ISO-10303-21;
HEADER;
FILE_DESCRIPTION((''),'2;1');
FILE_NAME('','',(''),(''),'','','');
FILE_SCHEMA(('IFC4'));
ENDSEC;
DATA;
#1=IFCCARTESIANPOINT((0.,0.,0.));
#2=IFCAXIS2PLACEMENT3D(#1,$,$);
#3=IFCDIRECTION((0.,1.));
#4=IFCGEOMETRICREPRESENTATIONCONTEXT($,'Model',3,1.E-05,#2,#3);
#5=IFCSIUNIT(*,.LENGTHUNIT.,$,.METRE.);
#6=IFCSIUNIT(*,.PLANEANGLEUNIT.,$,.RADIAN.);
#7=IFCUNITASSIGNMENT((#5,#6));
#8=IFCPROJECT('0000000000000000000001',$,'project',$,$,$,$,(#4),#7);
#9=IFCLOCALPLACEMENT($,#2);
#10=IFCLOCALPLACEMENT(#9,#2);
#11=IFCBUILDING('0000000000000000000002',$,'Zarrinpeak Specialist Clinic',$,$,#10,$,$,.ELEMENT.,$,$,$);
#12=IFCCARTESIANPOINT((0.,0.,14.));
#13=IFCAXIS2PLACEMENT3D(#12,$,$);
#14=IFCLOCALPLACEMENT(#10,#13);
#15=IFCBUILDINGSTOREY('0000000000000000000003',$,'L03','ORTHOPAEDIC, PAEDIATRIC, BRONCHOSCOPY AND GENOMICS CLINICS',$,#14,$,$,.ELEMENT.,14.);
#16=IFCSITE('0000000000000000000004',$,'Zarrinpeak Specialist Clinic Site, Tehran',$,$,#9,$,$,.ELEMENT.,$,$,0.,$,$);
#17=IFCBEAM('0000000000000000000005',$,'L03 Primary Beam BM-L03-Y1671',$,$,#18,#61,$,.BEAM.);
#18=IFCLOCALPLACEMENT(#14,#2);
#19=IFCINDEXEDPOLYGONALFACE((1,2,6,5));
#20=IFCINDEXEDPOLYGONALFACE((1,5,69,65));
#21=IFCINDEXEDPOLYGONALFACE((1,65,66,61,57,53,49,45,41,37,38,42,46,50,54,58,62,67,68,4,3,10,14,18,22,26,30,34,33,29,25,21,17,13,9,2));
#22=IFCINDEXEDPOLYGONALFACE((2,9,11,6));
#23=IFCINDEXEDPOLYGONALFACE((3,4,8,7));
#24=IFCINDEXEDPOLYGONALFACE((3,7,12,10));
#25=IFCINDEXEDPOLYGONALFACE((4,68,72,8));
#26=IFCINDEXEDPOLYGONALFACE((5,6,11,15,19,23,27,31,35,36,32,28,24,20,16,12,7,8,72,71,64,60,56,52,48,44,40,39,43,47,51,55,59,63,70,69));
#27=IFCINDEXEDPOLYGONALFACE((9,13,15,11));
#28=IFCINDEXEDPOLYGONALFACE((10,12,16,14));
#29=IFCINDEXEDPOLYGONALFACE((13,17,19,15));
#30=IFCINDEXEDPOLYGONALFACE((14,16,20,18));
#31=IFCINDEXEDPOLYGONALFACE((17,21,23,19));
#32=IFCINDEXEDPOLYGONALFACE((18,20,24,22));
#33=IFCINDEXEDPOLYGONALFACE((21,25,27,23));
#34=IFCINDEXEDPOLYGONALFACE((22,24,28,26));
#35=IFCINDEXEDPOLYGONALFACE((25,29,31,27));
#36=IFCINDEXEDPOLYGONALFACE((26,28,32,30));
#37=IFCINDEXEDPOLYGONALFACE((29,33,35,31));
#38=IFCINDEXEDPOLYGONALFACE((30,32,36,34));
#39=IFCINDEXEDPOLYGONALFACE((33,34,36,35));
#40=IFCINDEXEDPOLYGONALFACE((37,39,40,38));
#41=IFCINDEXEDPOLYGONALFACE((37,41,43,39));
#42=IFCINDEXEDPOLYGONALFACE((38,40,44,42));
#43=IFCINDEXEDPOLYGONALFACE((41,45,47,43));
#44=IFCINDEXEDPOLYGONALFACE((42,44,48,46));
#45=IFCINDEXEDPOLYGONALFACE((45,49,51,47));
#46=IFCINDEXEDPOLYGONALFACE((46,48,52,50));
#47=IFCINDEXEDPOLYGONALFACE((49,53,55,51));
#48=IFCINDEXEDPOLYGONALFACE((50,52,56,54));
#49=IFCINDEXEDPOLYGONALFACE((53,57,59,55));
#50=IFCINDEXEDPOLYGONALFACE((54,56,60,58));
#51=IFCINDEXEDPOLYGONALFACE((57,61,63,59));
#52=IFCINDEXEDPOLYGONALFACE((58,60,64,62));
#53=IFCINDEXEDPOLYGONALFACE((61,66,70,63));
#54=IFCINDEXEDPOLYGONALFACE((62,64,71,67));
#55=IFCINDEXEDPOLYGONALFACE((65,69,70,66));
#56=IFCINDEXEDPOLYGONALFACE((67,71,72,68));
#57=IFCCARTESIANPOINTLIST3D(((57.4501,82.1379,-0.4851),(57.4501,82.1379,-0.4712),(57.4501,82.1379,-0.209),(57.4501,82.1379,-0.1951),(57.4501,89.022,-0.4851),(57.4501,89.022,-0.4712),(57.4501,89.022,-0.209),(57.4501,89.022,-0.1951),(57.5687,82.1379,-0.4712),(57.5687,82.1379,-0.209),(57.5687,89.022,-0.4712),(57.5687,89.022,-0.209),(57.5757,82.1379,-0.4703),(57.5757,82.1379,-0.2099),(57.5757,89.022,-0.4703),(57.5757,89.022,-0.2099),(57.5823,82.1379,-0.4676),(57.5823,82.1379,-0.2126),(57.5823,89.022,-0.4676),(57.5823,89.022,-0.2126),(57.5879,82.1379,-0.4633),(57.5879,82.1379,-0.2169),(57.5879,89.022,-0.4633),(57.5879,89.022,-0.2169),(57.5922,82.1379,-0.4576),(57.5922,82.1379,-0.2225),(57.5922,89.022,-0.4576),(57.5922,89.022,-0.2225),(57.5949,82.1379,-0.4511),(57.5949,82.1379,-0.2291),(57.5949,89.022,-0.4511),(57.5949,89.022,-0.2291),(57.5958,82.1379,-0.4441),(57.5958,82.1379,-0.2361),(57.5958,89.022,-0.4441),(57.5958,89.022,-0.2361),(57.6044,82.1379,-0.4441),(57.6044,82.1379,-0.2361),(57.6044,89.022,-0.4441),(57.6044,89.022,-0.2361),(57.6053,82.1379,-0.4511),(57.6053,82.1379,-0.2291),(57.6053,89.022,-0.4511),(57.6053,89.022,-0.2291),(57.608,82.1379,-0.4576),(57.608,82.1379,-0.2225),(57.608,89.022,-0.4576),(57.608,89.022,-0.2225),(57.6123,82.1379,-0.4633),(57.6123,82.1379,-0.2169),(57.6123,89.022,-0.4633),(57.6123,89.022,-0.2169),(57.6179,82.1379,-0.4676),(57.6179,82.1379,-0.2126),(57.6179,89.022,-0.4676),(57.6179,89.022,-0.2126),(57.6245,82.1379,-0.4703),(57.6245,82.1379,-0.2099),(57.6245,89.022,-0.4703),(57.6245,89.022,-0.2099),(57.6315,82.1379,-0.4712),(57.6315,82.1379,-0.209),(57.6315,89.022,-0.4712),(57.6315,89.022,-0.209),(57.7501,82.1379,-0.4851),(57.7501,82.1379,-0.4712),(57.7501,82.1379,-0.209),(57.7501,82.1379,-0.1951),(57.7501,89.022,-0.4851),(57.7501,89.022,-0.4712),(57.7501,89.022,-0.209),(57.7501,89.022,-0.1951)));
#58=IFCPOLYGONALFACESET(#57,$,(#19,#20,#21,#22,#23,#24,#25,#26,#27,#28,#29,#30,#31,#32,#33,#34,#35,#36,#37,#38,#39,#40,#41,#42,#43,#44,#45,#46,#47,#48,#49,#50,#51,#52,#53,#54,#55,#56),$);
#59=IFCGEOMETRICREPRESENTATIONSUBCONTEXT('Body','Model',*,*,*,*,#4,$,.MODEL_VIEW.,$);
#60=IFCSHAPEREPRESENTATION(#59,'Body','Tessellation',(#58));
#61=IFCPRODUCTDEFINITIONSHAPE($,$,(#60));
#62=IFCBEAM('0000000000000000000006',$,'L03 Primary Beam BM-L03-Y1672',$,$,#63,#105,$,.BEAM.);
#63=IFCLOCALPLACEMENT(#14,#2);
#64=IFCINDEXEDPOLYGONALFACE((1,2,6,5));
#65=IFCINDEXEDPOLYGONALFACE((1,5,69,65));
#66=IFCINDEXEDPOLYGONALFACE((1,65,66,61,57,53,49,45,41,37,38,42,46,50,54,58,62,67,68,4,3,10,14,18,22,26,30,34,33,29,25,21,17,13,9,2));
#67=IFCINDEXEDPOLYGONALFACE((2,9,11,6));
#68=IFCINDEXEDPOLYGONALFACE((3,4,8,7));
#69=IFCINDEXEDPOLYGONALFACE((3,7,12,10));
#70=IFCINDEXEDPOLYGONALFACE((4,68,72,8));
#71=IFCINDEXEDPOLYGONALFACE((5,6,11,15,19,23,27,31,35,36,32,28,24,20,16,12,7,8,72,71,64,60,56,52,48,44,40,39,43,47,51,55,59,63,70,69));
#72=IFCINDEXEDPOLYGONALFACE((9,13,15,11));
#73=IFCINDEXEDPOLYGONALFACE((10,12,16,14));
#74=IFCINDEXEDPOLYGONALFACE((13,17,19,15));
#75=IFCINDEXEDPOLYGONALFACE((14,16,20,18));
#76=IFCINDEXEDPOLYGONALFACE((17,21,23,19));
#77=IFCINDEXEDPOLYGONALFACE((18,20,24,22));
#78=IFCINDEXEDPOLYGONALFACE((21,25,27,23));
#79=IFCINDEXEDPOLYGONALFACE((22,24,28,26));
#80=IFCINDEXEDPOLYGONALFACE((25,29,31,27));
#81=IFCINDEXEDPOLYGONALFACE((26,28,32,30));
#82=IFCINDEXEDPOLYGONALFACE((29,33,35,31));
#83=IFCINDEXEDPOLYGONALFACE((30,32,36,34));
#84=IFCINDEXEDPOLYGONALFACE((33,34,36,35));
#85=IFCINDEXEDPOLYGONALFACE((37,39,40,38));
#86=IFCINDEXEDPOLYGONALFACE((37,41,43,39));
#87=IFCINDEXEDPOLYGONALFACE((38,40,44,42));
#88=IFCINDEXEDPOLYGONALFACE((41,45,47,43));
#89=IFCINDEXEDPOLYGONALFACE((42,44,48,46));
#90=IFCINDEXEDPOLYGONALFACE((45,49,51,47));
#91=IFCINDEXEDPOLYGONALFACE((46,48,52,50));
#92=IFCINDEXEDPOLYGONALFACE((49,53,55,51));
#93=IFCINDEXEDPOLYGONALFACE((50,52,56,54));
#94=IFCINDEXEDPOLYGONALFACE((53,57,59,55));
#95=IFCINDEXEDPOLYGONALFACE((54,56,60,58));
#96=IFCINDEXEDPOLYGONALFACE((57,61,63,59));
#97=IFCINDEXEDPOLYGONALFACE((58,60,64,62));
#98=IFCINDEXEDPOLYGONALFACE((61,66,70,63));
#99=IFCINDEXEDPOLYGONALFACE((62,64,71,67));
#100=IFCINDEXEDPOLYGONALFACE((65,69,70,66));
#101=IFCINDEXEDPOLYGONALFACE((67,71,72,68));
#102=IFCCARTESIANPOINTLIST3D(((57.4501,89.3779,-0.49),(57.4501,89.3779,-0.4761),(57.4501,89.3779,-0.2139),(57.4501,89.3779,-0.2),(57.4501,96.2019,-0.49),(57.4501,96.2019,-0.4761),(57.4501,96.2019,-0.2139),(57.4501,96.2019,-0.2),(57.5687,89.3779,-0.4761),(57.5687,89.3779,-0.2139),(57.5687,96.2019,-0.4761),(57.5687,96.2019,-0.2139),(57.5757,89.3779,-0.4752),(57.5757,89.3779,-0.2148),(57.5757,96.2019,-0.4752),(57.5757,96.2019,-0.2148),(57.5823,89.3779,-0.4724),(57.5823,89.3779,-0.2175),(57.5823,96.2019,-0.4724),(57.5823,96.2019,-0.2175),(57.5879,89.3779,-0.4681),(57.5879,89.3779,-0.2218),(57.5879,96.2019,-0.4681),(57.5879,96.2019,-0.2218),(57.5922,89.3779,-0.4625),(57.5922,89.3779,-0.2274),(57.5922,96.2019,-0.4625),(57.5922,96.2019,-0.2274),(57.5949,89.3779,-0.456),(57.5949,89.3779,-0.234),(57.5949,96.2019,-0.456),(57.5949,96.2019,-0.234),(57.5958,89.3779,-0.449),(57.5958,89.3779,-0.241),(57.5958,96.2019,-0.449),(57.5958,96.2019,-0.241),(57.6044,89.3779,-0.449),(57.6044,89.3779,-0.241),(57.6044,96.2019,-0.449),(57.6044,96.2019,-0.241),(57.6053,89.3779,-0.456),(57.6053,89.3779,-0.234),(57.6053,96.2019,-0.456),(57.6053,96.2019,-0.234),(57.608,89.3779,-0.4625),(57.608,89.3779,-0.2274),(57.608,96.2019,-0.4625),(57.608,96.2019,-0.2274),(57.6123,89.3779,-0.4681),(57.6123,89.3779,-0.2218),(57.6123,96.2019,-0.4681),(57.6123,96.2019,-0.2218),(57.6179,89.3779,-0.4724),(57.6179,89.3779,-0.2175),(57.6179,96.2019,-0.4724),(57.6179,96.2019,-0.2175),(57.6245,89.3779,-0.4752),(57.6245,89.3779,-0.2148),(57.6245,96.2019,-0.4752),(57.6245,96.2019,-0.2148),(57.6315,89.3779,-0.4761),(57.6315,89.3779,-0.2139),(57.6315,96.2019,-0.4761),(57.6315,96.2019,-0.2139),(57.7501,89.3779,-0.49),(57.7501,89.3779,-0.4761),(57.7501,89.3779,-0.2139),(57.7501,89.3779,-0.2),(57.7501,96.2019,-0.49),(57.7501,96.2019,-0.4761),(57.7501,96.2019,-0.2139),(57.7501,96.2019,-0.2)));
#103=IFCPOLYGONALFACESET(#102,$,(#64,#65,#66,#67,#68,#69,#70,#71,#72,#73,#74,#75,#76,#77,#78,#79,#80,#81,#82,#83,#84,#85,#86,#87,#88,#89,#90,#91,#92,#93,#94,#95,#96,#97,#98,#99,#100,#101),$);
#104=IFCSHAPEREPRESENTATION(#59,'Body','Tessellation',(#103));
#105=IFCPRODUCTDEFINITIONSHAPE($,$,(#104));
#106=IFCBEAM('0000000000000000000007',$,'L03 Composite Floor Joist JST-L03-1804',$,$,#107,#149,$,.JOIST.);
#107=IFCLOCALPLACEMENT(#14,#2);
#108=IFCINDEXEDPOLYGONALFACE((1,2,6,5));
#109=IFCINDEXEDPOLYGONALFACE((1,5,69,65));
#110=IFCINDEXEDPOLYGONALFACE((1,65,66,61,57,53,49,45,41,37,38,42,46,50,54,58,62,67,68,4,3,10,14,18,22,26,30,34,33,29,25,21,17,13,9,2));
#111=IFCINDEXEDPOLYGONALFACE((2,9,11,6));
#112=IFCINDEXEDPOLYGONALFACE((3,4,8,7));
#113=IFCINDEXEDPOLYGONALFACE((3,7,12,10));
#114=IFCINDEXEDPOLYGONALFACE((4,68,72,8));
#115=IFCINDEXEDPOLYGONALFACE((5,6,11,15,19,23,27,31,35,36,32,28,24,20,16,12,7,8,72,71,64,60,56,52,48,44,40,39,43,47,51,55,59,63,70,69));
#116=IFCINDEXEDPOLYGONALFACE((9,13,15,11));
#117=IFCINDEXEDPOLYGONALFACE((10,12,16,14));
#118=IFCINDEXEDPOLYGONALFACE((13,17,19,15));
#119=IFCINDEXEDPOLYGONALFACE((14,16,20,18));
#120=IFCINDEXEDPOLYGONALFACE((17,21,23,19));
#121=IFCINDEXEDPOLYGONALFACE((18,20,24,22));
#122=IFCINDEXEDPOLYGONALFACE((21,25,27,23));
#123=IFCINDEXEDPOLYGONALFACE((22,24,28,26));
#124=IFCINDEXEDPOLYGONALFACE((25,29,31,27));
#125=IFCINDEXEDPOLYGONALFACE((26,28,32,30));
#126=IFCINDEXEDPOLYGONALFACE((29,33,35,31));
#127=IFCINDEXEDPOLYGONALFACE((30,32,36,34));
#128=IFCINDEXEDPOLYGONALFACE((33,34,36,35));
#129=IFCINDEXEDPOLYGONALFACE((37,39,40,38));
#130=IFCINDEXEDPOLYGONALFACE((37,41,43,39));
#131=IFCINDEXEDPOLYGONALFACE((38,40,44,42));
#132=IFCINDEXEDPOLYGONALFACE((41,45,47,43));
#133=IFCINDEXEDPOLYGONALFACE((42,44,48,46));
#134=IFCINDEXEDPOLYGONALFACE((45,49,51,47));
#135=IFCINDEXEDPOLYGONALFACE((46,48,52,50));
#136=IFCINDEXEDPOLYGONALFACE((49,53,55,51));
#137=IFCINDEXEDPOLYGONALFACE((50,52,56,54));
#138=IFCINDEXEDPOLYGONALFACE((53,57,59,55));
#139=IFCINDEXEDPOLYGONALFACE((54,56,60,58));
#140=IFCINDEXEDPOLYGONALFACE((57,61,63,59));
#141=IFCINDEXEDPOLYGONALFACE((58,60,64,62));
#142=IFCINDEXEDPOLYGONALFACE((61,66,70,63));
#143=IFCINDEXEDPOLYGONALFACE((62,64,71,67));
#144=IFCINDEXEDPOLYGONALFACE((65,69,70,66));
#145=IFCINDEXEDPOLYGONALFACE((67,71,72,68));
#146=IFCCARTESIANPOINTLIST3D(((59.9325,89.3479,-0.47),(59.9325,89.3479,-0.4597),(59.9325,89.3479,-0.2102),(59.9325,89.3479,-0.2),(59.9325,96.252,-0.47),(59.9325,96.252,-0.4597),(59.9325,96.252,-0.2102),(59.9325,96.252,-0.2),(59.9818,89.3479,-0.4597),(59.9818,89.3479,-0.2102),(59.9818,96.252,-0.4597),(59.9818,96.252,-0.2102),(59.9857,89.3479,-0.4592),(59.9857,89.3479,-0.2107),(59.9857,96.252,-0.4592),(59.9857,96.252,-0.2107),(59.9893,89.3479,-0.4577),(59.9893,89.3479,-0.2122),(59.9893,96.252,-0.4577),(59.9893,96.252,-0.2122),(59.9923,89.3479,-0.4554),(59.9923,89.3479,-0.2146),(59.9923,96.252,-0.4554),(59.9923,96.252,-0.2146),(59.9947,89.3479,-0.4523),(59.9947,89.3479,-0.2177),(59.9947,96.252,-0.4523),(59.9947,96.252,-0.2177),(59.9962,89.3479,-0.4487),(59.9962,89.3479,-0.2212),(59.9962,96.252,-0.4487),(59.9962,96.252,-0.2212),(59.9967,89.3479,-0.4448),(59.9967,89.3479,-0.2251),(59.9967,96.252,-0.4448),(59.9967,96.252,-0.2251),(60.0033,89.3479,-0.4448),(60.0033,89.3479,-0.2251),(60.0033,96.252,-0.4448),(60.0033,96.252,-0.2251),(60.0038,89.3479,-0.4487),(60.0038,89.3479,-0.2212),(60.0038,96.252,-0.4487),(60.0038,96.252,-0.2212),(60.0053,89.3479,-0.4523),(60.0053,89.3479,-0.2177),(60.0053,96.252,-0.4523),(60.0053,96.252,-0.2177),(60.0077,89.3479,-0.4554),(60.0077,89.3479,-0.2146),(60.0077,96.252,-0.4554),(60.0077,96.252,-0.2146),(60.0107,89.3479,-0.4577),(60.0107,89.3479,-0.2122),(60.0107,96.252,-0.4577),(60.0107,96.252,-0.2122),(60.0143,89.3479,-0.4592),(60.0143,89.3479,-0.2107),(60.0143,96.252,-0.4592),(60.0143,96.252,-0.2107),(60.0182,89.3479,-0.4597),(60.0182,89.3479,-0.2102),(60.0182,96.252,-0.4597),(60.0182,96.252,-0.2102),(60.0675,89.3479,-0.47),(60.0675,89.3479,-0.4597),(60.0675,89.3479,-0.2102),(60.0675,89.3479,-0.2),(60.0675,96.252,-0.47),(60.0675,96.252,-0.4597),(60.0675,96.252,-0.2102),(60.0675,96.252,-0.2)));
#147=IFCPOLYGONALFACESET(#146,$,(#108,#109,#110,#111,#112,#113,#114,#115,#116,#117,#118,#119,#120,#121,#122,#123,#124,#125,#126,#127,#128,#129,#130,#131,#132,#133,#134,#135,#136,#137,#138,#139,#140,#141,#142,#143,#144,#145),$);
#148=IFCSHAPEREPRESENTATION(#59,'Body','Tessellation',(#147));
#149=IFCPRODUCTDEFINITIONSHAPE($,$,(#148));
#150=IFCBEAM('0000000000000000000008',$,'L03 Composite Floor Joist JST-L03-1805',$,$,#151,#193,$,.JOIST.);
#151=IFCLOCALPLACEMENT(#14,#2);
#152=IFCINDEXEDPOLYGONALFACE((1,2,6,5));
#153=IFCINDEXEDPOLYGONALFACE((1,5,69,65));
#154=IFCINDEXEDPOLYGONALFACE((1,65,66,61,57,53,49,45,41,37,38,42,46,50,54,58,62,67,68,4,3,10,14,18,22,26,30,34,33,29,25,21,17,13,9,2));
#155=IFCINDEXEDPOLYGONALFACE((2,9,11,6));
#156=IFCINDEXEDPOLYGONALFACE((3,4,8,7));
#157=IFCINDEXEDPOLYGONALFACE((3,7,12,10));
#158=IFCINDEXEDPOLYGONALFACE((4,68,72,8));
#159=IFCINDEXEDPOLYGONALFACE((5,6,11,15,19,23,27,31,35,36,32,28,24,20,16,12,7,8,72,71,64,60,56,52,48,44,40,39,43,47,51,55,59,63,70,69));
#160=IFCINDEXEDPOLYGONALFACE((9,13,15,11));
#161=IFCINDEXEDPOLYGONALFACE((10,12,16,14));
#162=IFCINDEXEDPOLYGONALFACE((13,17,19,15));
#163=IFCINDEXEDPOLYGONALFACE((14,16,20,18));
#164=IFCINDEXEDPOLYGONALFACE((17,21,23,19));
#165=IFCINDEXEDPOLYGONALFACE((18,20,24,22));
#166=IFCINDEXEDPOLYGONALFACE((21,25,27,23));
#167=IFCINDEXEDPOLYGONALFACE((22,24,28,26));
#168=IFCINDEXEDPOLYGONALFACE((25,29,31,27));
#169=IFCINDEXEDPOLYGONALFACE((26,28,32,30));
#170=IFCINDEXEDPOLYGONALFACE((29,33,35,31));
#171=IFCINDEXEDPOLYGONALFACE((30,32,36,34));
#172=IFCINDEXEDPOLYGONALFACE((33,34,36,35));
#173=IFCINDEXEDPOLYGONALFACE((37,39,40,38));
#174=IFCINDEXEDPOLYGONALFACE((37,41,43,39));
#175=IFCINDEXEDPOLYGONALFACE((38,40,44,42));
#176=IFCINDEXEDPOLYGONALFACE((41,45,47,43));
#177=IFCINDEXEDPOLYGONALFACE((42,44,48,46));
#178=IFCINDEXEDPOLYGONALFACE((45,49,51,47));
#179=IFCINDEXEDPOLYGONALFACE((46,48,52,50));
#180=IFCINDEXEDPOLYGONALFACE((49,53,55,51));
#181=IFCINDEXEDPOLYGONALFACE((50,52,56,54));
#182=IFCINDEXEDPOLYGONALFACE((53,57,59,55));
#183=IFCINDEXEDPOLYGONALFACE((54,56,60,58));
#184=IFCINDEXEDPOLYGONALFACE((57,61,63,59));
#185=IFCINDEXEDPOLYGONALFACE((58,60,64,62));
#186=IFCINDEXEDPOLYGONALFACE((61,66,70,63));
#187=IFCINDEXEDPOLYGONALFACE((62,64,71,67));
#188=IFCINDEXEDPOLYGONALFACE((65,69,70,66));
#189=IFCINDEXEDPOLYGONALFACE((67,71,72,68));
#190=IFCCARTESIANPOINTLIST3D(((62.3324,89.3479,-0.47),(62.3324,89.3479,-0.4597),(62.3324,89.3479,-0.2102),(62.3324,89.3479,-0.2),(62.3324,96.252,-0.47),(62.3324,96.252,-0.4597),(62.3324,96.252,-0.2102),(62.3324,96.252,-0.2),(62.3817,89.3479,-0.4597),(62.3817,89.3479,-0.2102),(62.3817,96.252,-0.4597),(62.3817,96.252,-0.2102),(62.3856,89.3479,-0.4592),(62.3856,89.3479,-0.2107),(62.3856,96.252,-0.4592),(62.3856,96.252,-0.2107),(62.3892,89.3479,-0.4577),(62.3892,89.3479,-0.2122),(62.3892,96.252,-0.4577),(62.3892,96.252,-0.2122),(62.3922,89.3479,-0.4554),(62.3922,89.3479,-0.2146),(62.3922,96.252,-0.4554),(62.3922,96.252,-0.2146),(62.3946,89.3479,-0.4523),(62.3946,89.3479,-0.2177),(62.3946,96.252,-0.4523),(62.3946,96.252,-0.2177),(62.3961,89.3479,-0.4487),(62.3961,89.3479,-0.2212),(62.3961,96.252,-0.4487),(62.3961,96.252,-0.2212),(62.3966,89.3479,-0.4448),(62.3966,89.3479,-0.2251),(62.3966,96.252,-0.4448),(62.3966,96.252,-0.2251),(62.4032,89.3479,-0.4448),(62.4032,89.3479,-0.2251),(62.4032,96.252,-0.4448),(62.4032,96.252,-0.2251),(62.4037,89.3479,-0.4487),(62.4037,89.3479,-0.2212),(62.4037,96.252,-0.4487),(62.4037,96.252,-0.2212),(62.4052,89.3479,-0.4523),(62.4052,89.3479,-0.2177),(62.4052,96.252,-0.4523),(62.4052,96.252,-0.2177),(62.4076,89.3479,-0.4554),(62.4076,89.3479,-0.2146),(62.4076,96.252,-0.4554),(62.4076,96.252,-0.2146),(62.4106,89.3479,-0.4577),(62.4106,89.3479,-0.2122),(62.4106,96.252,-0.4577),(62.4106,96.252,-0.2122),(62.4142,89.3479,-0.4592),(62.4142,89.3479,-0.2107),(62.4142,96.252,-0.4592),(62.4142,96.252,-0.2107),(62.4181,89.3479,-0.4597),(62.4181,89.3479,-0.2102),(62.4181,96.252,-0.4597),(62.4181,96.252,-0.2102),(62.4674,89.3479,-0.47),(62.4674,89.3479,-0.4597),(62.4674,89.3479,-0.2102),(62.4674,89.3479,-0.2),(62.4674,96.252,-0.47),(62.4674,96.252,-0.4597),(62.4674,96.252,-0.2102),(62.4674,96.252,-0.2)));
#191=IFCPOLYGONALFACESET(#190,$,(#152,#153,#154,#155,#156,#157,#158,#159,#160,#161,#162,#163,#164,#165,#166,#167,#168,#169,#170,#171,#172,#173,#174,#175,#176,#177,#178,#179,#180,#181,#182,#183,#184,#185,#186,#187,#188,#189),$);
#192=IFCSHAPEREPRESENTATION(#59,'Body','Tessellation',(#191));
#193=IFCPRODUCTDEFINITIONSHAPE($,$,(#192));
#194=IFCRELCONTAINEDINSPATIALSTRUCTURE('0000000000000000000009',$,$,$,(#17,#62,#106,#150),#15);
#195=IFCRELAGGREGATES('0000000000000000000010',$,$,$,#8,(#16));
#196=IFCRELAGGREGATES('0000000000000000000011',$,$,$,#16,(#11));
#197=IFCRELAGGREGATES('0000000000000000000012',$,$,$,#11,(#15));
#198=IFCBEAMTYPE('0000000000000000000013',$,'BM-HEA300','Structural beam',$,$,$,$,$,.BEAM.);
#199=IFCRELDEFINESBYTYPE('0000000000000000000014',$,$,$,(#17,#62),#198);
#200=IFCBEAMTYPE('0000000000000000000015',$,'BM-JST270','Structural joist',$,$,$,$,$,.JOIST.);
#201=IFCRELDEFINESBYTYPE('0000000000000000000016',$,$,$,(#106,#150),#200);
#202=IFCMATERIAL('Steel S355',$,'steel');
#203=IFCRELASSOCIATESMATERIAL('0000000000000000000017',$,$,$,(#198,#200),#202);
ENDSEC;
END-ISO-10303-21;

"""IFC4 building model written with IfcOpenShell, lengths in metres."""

from ifc_helpers import new_model, si_unit, direction, frame, origin, origin_2d, place, context, subcontext, project, spatial, i_section, extrude, material, material_profile, profile_set, type_object, element, save


model = new_model("IFC4")

# Units and contexts
model_context = context("Model", 3, precision=1e-05, world=origin(), true_north=direction((0.0, 1.0)))
body_context = subcontext(model_context, "Body", "Model", "MODEL_VIEW")
ifc_project = project(units=[si_unit("LENGTHUNIT", "METRE"), si_unit("PLANEANGLEUNIT", "RADIAN")], contexts=[model_context])

# Site, building, storey
site_placement = place(None, origin())
site = spatial("IfcSite", under=ifc_project, at=site_placement, Name="Zarrinpeak Specialist Clinic Site, Tehran", CompositionType="ELEMENT", RefElevation=0.0)
building_placement = place(site_placement, origin())
building = spatial("IfcBuilding", under=site, at=building_placement, Name="Zarrinpeak Specialist Clinic", CompositionType="ELEMENT")
storey_placement = place(building_placement, frame((0.0, 0.0, 14.0)))
storey = spatial("IfcBuildingStorey", under=building, at=storey_placement, Name="L03", Description="ORTHOPAEDIC, PAEDIATRIC, BRONCHOSCOPY AND GENOMICS CLINICS", CompositionType="ELEMENT", Elevation=14.0)

# Shared definitions
ifc_material_1 = material(Name="Steel S355", Category="steel")

# Beams
ifc_material_profile_1 = material_profile(ifc_material_1, i_section(OverallWidth=0.3, OverallDepth=0.29, WebThickness=0.0085, FlangeThickness=0.0139, FilletRadius=0.0271, at=origin_2d()), Name="HEA 300")
ifc_profile_set_1 = profile_set([ifc_material_profile_1], Name="Steel S355")
beam_type_1 = type_object("IfcBeamType", Name="BM-HEA300", Description="Structural beam", PredefinedType="BEAM", material=ifc_profile_set_1)
beam_1_placement = place(storey_placement, frame((57.6001, 82.1379, -0.3401), z_axis=(0.0, 1.0, 0.0), x_axis=(-1.0, 0.0, 0.0)))
element("IfcBeam", 1, at=beam_1_placement, inside=storey, type_object=beam_type_1, Name="L03 Primary Beam BM-L03-Y1671", PredefinedType="BEAM", context=body_context, shape_type="SweptSolid", body=[
    extrude(i_section(OverallWidth=0.3, OverallDepth=0.29, WebThickness=0.0085, FlangeThickness=0.0139, FilletRadius=0.0271, at=origin_2d()), origin(), (0.0, 0.0, 1.0), 6.884),
])
beam_2_placement = place(storey_placement, frame((57.6001, 89.3779, -0.345), z_axis=(0.0, 1.0, 0.0), x_axis=(-1.0, 0.0, 0.0)))
element("IfcBeam", 2, at=beam_2_placement, inside=storey, type_object=beam_type_1, Name="L03 Primary Beam BM-L03-Y1672", PredefinedType="BEAM", context=body_context, shape_type="SweptSolid", body=[
    extrude(i_section(OverallWidth=0.3, OverallDepth=0.29, WebThickness=0.0085, FlangeThickness=0.0139, FilletRadius=0.0271, at=origin_2d()), origin(), (0.0, 0.0, 1.0), 6.824),
])
ifc_material_profile_2 = material_profile(ifc_material_1, i_section(OverallWidth=0.135, OverallDepth=0.27, WebThickness=0.0066, FlangeThickness=0.0103, FilletRadius=0.0149, at=origin_2d()), Name="IPE 270")
ifc_profile_set_2 = profile_set([ifc_material_profile_2], Name="Steel S355")
beam_type_2 = type_object("IfcBeamType", Name="BM-JST270", Description="Structural joist", PredefinedType="JOIST", material=ifc_profile_set_2)
for number, where, z_axis, x_axis, name in (
    (3, (60.0, 89.3479, -0.335), (0.0, 1.0, 0.0), (-1.0, 0.0, 0.0), "L03 Composite Floor Joist JST-L03-1804"),
    (4, (62.3999, 89.3479, -0.335), (0.0, 1.0, 0.0), (-1.0, 0.0, 0.0), "L03 Composite Floor Joist JST-L03-1805"),
):
    element("IfcBeam", number, at=place(storey_placement, frame(where, z_axis=z_axis, x_axis=x_axis)), inside=storey, type_object=beam_type_2, Name=name, PredefinedType="JOIST", context=body_context, shape_type="SweptSolid", body=[
        extrude(i_section(OverallWidth=0.135, OverallDepth=0.27, WebThickness=0.0066, FlangeThickness=0.0103, FilletRadius=0.0149, at=origin_2d()), origin(), (0.0, 0.0, 1.0), 6.9041),
    ])

save(model, "model.ifc")
